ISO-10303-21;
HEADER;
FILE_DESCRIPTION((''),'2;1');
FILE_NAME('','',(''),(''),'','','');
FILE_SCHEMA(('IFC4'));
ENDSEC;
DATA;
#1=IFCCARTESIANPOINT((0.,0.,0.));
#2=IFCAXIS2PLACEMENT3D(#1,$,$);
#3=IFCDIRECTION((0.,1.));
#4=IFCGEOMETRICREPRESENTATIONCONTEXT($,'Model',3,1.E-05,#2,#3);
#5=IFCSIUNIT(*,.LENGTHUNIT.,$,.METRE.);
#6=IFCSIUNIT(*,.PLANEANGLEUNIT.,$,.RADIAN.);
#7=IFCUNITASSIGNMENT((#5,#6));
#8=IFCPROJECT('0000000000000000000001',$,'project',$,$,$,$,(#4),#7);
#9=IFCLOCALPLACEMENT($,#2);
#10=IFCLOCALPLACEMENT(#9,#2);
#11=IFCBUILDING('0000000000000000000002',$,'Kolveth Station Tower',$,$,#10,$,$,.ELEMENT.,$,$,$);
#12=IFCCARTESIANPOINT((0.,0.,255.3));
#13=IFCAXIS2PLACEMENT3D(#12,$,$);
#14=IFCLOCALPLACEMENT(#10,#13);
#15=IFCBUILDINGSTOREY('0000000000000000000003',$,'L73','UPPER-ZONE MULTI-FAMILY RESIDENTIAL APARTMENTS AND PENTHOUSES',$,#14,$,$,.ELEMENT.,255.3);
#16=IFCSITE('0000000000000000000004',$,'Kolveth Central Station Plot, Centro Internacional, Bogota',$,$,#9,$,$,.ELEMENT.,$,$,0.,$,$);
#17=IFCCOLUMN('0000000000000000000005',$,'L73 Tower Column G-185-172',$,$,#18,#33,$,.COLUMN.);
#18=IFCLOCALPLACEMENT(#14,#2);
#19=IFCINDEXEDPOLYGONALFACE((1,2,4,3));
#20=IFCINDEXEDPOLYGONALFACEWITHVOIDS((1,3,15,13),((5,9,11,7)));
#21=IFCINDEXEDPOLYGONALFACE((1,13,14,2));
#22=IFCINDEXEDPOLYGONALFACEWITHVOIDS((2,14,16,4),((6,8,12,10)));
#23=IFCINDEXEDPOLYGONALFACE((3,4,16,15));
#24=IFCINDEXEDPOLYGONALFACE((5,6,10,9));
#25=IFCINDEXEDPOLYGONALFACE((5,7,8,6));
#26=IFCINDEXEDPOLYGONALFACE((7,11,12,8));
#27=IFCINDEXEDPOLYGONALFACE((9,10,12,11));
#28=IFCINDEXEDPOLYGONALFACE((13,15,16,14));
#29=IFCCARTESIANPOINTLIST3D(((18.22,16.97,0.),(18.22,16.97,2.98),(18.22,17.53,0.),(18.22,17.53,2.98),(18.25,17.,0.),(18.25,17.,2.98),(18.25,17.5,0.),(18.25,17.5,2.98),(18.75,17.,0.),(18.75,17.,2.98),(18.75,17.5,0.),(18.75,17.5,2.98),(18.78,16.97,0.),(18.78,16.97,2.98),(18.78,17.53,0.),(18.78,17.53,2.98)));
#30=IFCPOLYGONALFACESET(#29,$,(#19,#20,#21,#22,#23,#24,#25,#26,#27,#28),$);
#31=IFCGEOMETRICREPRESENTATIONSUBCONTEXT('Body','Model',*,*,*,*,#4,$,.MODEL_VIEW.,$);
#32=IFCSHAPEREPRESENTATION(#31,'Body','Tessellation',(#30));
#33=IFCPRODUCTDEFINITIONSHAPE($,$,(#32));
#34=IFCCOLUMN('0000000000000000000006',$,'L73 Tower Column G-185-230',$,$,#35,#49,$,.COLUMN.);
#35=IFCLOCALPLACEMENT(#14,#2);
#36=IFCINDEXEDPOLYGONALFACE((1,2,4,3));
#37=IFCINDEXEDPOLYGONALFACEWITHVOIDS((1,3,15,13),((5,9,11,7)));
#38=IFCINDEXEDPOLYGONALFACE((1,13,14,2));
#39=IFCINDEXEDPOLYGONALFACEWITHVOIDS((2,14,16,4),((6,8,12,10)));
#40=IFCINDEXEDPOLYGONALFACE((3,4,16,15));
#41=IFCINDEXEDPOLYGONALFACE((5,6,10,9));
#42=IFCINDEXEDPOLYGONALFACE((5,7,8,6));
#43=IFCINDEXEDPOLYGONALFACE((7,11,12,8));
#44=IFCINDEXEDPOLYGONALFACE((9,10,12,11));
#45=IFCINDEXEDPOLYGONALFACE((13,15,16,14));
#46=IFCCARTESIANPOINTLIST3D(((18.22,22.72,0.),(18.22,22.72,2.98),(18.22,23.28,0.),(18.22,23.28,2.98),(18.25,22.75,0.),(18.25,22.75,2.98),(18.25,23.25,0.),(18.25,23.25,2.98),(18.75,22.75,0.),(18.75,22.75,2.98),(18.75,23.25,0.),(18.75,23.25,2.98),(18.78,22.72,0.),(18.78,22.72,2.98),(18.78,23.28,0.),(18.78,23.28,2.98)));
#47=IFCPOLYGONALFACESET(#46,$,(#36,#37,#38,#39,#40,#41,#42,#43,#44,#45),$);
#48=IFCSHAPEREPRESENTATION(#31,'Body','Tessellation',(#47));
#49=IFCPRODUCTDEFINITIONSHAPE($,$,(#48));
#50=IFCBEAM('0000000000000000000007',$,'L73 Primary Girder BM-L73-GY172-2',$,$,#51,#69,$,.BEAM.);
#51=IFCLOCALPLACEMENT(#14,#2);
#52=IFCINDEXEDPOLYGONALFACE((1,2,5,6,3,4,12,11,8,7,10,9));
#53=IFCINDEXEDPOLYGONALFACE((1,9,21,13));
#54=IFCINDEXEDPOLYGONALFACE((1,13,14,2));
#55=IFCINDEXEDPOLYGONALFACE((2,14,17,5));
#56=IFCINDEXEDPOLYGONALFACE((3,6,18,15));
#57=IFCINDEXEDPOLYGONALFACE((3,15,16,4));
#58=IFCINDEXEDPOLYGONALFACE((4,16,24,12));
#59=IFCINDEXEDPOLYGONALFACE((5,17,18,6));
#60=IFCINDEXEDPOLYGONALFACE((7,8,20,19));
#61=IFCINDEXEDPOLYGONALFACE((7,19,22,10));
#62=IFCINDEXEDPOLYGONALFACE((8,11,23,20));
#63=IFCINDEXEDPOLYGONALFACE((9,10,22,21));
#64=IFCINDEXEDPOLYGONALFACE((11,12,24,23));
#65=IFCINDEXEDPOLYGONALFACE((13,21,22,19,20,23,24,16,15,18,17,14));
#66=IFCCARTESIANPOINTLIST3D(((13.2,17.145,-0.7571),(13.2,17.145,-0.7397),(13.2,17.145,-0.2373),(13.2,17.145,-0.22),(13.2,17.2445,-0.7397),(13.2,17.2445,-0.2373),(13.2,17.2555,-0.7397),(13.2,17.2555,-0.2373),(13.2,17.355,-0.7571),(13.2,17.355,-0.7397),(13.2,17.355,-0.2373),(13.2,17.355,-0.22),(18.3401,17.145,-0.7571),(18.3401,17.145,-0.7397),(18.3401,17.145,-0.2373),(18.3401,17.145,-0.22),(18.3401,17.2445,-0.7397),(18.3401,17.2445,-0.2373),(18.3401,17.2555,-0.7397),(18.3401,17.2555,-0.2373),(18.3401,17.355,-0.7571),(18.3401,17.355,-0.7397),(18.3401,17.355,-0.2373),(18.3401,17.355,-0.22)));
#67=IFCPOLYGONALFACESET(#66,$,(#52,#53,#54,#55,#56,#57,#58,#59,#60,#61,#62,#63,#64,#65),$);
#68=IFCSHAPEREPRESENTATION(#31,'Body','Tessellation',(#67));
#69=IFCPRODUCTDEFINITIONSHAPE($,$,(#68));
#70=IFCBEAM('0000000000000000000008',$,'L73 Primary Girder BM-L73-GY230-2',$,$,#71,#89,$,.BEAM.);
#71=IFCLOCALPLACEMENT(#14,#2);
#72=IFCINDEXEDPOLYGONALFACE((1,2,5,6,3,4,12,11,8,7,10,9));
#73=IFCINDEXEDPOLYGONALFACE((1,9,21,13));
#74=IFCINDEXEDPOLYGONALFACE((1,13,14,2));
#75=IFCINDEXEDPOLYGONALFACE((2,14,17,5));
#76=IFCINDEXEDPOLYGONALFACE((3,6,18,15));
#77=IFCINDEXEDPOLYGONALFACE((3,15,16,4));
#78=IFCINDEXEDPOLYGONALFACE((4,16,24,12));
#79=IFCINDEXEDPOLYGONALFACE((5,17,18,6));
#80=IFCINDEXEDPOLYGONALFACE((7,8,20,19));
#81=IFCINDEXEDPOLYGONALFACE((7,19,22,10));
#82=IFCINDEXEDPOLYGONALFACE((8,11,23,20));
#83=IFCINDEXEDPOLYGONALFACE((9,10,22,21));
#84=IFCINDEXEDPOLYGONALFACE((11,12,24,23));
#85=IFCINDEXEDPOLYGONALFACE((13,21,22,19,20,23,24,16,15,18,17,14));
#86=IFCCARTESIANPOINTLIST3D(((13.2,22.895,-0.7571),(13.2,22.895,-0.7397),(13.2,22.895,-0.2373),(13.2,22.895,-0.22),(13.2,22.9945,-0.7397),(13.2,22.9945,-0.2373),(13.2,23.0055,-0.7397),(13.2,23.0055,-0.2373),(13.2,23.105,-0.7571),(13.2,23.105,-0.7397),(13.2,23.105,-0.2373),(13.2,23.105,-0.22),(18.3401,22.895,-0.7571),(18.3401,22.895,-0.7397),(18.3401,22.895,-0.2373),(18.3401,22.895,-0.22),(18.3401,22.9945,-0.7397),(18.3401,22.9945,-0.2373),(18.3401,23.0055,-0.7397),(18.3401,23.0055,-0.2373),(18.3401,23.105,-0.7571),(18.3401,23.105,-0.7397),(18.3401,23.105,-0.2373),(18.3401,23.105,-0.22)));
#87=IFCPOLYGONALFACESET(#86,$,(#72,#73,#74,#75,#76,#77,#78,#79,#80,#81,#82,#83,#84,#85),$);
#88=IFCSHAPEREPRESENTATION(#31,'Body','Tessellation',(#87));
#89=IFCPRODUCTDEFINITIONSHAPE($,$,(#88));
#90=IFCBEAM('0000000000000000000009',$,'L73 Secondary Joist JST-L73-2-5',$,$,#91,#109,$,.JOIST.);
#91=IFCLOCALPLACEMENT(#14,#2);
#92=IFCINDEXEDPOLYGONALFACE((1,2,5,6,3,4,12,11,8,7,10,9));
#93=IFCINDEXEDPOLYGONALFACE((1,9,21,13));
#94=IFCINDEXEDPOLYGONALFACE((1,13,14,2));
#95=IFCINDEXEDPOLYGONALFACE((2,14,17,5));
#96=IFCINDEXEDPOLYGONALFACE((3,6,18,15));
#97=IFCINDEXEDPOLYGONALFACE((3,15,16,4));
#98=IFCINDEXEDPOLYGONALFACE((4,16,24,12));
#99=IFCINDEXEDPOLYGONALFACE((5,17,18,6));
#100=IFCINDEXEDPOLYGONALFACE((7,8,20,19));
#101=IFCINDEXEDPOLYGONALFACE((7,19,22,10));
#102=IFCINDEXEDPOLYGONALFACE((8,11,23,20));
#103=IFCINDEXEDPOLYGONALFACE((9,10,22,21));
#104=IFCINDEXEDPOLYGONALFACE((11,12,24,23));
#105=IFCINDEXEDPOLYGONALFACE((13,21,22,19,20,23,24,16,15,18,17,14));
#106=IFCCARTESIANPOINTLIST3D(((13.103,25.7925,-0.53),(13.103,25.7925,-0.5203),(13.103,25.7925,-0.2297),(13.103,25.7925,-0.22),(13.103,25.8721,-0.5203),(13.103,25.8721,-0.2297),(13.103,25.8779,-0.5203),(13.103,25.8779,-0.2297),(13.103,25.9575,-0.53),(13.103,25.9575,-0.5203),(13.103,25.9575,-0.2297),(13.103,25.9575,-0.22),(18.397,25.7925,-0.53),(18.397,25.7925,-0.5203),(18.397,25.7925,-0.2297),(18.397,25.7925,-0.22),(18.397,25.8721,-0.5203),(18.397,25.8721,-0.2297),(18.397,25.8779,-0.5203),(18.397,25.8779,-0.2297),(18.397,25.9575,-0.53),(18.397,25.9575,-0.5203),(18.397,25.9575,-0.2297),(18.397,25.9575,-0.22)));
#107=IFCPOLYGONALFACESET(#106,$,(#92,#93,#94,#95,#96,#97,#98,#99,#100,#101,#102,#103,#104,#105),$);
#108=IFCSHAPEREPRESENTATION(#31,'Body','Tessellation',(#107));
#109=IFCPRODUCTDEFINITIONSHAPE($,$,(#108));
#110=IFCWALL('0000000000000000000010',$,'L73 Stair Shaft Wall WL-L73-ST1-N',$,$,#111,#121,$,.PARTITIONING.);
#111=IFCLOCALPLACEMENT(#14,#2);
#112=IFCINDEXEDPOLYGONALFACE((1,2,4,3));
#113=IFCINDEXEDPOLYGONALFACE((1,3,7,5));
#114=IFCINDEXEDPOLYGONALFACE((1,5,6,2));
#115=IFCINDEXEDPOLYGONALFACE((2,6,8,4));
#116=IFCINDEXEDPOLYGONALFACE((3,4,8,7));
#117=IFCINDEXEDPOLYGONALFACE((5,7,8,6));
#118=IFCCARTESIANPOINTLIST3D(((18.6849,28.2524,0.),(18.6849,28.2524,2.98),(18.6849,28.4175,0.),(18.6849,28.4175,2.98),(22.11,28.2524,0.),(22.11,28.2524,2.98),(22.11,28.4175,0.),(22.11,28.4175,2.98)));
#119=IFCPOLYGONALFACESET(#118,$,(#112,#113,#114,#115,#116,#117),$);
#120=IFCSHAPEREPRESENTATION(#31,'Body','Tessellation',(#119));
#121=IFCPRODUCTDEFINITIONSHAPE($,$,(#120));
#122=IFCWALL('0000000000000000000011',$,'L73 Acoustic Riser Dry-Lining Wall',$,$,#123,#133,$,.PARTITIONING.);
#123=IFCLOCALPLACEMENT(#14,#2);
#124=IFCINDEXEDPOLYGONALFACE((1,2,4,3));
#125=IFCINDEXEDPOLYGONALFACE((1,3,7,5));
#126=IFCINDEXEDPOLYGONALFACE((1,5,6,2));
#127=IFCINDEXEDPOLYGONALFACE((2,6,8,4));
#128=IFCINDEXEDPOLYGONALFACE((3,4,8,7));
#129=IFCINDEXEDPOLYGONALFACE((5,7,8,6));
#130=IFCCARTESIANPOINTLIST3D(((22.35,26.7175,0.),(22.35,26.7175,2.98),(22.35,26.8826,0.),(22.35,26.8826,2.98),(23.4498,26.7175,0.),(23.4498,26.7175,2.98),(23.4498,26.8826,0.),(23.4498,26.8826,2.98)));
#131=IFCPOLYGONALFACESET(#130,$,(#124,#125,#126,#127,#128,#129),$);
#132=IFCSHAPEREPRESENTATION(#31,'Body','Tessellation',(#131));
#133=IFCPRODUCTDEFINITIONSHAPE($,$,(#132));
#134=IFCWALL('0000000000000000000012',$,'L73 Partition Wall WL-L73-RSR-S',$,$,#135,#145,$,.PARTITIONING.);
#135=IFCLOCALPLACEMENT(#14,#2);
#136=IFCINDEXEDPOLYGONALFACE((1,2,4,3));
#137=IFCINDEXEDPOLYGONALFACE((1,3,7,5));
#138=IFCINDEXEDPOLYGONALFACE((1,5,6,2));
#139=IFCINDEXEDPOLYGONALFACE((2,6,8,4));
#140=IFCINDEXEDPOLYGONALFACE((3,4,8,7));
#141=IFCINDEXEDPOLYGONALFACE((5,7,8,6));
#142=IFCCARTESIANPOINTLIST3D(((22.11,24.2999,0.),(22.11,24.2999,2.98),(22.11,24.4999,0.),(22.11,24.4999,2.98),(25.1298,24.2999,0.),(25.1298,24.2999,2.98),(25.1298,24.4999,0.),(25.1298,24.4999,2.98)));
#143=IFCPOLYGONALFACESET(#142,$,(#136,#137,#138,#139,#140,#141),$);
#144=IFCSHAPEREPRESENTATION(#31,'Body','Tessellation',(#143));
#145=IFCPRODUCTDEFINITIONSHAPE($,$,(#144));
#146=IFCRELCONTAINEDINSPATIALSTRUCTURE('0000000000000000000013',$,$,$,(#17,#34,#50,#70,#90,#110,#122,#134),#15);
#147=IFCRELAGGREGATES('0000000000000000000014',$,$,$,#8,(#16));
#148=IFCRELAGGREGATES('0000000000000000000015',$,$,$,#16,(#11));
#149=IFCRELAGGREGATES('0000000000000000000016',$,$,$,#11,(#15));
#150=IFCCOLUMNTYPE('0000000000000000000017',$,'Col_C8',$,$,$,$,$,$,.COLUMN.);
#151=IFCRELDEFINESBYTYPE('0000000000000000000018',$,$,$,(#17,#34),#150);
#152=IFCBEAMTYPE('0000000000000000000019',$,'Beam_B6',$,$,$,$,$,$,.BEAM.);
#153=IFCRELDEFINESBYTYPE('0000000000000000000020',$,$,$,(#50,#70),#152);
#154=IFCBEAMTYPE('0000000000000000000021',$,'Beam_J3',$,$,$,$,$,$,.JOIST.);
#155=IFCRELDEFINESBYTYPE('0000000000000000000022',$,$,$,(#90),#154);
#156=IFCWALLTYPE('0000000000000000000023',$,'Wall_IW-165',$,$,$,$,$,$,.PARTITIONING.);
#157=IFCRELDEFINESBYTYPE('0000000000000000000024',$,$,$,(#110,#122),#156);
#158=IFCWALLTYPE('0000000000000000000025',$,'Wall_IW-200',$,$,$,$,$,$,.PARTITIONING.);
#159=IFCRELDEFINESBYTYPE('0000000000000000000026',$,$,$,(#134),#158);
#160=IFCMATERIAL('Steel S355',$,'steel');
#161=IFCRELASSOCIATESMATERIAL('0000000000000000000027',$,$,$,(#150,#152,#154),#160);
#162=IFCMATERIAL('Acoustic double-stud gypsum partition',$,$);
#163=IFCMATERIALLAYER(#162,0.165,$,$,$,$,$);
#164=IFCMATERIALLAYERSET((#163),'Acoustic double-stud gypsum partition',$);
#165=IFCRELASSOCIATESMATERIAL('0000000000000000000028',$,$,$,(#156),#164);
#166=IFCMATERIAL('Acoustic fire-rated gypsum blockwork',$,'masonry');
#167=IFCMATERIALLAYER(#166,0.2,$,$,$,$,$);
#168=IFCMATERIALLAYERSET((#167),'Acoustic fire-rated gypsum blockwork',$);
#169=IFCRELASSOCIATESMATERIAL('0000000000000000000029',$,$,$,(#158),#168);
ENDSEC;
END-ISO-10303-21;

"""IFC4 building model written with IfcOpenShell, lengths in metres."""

from ifc_helpers import new_model, si_unit, direction, frame, frame_2d, origin, origin_2d, place, context, subcontext, project, spatial, rectangle, hollow_rectangle, i_section, extrude, source, transform, mapped, material, layer, layer_set, material_profile, profile_set, type_object, element, save


model = new_model("IFC4")

# Units and contexts
model_context = context("Model", 3, precision=1e-05, world=origin(), true_north=direction((0.0, 1.0)))
body_context = subcontext(model_context, "Body", "Model", "MODEL_VIEW")
ifc_project = project(units=[si_unit("LENGTHUNIT", "METRE"), si_unit("PLANEANGLEUNIT", "RADIAN")], contexts=[model_context])

# Site, building, storey
site_placement = place(None, origin())
site = spatial("IfcSite", under=ifc_project, at=site_placement, Name="Kolveth Central Station Plot, Centro Internacional, Bogota", CompositionType="ELEMENT", RefElevation=0.0)
building_placement = place(site_placement, origin())
building = spatial("IfcBuilding", under=site, at=building_placement, Name="Kolveth Station Tower", CompositionType="ELEMENT")
storey_placement = place(building_placement, frame((0.0, 0.0, 255.3)))
storey = spatial("IfcBuildingStorey", under=building, at=storey_placement, Name="L73", Description="UPPER-ZONE MULTI-FAMILY RESIDENTIAL APARTMENTS AND PENTHOUSES", CompositionType="ELEMENT", Elevation=255.3)

# Columns
ifc_material_1 = material(Name="Steel S355", Category="steel")
ifc_material_profile_1 = material_profile(ifc_material_1, hollow_rectangle(XDim=0.5601, YDim=0.5601, WallThickness=0.03, at=origin_2d()), Name="BOX560x560x30")
ifc_profile_set_1 = profile_set([ifc_material_profile_1], Name="Steel S355")
column_type = type_object("IfcColumnType", Name="Col_C8", PredefinedType="COLUMN", material=ifc_profile_set_1)
shared_shape_1 = source(origin(), body_context, "Body", "SweptSolid", [
    extrude(hollow_rectangle(XDim=0.5601, YDim=0.5601, WallThickness=0.03, at=origin_2d()), origin(), (0.0, 0.0, 1.0), 2.98),
])
for number, where, z_axis, x_axis, name in (
    (1, (18.5, 17.25, 0.0), (0.0, 0.0, 1.0), (1.0, 0.0, 0.0), "L73 Tower Column G-185-172"),
    (2, (18.5, 23.0, 0.0), (0.0, 0.0, 1.0), (1.0, 0.0, 0.0), "L73 Tower Column G-185-230"),
):
    element("IfcColumn", number, at=place(storey_placement, frame(where, z_axis=z_axis, x_axis=x_axis)), inside=storey, type_object=column_type, Name=name, PredefinedType="COLUMN", context=body_context, shape_type="MappedRepresentation", body=[
        mapped(shared_shape_1, transform((0.0, 0.0, 0.0), x_axis=(1.0, 0.0, 0.0), y_axis=(0.0, 1.0, 0.0), z_axis=(0.0, 0.0, 1.0), scale=1.0)),
    ])

# Beams
ifc_material_profile_2 = material_profile(ifc_material_1, i_section(OverallWidth=0.21, OverallDepth=0.5371, WebThickness=0.011, FlangeThickness=0.0173, at=origin_2d()), Name="W530x101")
ifc_profile_set_2 = profile_set([ifc_material_profile_2], Name="Steel S355")
beam_type_1 = type_object("IfcBeamType", Name="Beam_B6", PredefinedType="BEAM", material=ifc_profile_set_2)
shared_shape_2 = source(origin(), body_context, "Body", "SweptSolid", [
    extrude(i_section(OverallWidth=0.21, OverallDepth=0.5371, WebThickness=0.011, FlangeThickness=0.0173, at=origin_2d()), origin(), (0.0, 0.0, 1.0), 5.1401),
])
for number, where, z_axis, x_axis, name in (
    (3, (13.2, 17.25, -0.4885), (1.0, 0.0, 0.0), (0.0, 1.0, 0.0), "L73 Primary Girder BM-L73-GY172-2"),
    (4, (13.2, 23.0, -0.4885), (1.0, 0.0, 0.0), (0.0, 1.0, 0.0), "L73 Primary Girder BM-L73-GY230-2"),
):
    element("IfcBeam", number, at=place(storey_placement, frame(where, z_axis=z_axis, x_axis=x_axis)), inside=storey, type_object=beam_type_1, Name=name, PredefinedType="BEAM", context=body_context, shape_type="MappedRepresentation", body=[
        mapped(shared_shape_2, transform((0.0, 0.0, 0.0), x_axis=(1.0, 0.0, 0.0), y_axis=(0.0, 1.0, 0.0), z_axis=(0.0, 0.0, 1.0), scale=1.0)),
    ])
ifc_material_profile_3 = material_profile(ifc_material_1, i_section(OverallWidth=0.165, OverallDepth=0.3101, WebThickness=0.0059, FlangeThickness=0.0098, at=origin_2d()), Name="W310x39")
ifc_profile_set_3 = profile_set([ifc_material_profile_3], Name="Steel S355")
beam_type_2 = type_object("IfcBeamType", Name="Beam_J3", PredefinedType="JOIST", material=ifc_profile_set_3)
shared_shape_3 = source(origin(), body_context, "Body", "SweptSolid", [
    extrude(i_section(OverallWidth=0.165, OverallDepth=0.3101, WebThickness=0.0059, FlangeThickness=0.0098, at=origin_2d()), origin(), (0.0, 0.0, 1.0), 5.2939),
])
beam_placement = place(storey_placement, frame((13.103, 25.875, -0.375), z_axis=(1.0, 0.0, 0.0), x_axis=(0.0, 1.0, 0.0)))
element("IfcBeam", 5, at=beam_placement, inside=storey, type_object=beam_type_2, Name="L73 Secondary Joist JST-L73-2-5", PredefinedType="JOIST", context=body_context, shape_type="MappedRepresentation", body=[
    mapped(shared_shape_3, transform((0.0, 0.0, 0.0), x_axis=(1.0, 0.0, 0.0), y_axis=(0.0, 1.0, 0.0), z_axis=(0.0, 0.0, 1.0), scale=1.0)),
])

# Walls
ifc_material_2 = material(Name="Acoustic double-stud gypsum partition")
ifc_layer_1 = layer(ifc_material_2, 0.165)
ifc_layer_set_1 = layer_set([ifc_layer_1], Name="Acoustic double-stud gypsum partition")
wall_type_1 = type_object("IfcWallType", Name="Wall_IW-165", PredefinedType="PARTITIONING", material=ifc_layer_set_1)
wall_1_placement = place(storey_placement, frame((18.6851, 28.335, 0.0), z_axis=(0.0, 0.0, 1.0), x_axis=(1.0, 0.0, 0.0)))
element("IfcWall", 6, at=wall_1_placement, inside=storey, type_object=wall_type_1, Name="L73 Stair Shaft Wall WL-L73-ST1-N", PredefinedType="PARTITIONING", context=body_context, shape_type="SweptSolid", body=[
    extrude(rectangle(XDim=3.425, YDim=0.165, at=frame_2d((1.7124, 0.0))), origin(), (0.0, 0.0, 1.0), 2.98),
])
wall_2_placement = place(storey_placement, frame((22.3501, 26.8, 0.0), z_axis=(0.0, 0.0, 1.0), x_axis=(1.0, 0.0, 0.0)))
element("IfcWall", 7, at=wall_2_placement, inside=storey, type_object=wall_type_1, Name="L73 Acoustic Riser Dry-Lining Wall", PredefinedType="PARTITIONING", context=body_context, shape_type="SweptSolid", body=[
    extrude(rectangle(XDim=1.0999, YDim=0.165, at=frame_2d((0.5498, 0.0))), origin(), (0.0, 0.0, 1.0), 2.98),
])
ifc_material_3 = material(Name="Acoustic fire-rated gypsum blockwork", Category="masonry")
ifc_layer_2 = layer(ifc_material_3, 0.2)
ifc_layer_set_2 = layer_set([ifc_layer_2], Name="Acoustic fire-rated gypsum blockwork")
wall_type_2 = type_object("IfcWallType", Name="Wall_IW-200", PredefinedType="PARTITIONING", material=ifc_layer_set_2)
wall_3_placement = place(storey_placement, frame((22.1101, 24.3999, 0.0), z_axis=(0.0, 0.0, 1.0), x_axis=(1.0, 0.0, 0.0)))
element("IfcWall", 8, at=wall_3_placement, inside=storey, type_object=wall_type_2, Name="L73 Partition Wall WL-L73-RSR-S", PredefinedType="PARTITIONING", context=body_context, shape_type="SweptSolid", body=[
    extrude(rectangle(XDim=3.0198, YDim=0.2, at=frame_2d((1.5098, 0.0))), origin(), (0.0, 0.0, 1.0), 2.98),
])

save(model, "model.ifc")
